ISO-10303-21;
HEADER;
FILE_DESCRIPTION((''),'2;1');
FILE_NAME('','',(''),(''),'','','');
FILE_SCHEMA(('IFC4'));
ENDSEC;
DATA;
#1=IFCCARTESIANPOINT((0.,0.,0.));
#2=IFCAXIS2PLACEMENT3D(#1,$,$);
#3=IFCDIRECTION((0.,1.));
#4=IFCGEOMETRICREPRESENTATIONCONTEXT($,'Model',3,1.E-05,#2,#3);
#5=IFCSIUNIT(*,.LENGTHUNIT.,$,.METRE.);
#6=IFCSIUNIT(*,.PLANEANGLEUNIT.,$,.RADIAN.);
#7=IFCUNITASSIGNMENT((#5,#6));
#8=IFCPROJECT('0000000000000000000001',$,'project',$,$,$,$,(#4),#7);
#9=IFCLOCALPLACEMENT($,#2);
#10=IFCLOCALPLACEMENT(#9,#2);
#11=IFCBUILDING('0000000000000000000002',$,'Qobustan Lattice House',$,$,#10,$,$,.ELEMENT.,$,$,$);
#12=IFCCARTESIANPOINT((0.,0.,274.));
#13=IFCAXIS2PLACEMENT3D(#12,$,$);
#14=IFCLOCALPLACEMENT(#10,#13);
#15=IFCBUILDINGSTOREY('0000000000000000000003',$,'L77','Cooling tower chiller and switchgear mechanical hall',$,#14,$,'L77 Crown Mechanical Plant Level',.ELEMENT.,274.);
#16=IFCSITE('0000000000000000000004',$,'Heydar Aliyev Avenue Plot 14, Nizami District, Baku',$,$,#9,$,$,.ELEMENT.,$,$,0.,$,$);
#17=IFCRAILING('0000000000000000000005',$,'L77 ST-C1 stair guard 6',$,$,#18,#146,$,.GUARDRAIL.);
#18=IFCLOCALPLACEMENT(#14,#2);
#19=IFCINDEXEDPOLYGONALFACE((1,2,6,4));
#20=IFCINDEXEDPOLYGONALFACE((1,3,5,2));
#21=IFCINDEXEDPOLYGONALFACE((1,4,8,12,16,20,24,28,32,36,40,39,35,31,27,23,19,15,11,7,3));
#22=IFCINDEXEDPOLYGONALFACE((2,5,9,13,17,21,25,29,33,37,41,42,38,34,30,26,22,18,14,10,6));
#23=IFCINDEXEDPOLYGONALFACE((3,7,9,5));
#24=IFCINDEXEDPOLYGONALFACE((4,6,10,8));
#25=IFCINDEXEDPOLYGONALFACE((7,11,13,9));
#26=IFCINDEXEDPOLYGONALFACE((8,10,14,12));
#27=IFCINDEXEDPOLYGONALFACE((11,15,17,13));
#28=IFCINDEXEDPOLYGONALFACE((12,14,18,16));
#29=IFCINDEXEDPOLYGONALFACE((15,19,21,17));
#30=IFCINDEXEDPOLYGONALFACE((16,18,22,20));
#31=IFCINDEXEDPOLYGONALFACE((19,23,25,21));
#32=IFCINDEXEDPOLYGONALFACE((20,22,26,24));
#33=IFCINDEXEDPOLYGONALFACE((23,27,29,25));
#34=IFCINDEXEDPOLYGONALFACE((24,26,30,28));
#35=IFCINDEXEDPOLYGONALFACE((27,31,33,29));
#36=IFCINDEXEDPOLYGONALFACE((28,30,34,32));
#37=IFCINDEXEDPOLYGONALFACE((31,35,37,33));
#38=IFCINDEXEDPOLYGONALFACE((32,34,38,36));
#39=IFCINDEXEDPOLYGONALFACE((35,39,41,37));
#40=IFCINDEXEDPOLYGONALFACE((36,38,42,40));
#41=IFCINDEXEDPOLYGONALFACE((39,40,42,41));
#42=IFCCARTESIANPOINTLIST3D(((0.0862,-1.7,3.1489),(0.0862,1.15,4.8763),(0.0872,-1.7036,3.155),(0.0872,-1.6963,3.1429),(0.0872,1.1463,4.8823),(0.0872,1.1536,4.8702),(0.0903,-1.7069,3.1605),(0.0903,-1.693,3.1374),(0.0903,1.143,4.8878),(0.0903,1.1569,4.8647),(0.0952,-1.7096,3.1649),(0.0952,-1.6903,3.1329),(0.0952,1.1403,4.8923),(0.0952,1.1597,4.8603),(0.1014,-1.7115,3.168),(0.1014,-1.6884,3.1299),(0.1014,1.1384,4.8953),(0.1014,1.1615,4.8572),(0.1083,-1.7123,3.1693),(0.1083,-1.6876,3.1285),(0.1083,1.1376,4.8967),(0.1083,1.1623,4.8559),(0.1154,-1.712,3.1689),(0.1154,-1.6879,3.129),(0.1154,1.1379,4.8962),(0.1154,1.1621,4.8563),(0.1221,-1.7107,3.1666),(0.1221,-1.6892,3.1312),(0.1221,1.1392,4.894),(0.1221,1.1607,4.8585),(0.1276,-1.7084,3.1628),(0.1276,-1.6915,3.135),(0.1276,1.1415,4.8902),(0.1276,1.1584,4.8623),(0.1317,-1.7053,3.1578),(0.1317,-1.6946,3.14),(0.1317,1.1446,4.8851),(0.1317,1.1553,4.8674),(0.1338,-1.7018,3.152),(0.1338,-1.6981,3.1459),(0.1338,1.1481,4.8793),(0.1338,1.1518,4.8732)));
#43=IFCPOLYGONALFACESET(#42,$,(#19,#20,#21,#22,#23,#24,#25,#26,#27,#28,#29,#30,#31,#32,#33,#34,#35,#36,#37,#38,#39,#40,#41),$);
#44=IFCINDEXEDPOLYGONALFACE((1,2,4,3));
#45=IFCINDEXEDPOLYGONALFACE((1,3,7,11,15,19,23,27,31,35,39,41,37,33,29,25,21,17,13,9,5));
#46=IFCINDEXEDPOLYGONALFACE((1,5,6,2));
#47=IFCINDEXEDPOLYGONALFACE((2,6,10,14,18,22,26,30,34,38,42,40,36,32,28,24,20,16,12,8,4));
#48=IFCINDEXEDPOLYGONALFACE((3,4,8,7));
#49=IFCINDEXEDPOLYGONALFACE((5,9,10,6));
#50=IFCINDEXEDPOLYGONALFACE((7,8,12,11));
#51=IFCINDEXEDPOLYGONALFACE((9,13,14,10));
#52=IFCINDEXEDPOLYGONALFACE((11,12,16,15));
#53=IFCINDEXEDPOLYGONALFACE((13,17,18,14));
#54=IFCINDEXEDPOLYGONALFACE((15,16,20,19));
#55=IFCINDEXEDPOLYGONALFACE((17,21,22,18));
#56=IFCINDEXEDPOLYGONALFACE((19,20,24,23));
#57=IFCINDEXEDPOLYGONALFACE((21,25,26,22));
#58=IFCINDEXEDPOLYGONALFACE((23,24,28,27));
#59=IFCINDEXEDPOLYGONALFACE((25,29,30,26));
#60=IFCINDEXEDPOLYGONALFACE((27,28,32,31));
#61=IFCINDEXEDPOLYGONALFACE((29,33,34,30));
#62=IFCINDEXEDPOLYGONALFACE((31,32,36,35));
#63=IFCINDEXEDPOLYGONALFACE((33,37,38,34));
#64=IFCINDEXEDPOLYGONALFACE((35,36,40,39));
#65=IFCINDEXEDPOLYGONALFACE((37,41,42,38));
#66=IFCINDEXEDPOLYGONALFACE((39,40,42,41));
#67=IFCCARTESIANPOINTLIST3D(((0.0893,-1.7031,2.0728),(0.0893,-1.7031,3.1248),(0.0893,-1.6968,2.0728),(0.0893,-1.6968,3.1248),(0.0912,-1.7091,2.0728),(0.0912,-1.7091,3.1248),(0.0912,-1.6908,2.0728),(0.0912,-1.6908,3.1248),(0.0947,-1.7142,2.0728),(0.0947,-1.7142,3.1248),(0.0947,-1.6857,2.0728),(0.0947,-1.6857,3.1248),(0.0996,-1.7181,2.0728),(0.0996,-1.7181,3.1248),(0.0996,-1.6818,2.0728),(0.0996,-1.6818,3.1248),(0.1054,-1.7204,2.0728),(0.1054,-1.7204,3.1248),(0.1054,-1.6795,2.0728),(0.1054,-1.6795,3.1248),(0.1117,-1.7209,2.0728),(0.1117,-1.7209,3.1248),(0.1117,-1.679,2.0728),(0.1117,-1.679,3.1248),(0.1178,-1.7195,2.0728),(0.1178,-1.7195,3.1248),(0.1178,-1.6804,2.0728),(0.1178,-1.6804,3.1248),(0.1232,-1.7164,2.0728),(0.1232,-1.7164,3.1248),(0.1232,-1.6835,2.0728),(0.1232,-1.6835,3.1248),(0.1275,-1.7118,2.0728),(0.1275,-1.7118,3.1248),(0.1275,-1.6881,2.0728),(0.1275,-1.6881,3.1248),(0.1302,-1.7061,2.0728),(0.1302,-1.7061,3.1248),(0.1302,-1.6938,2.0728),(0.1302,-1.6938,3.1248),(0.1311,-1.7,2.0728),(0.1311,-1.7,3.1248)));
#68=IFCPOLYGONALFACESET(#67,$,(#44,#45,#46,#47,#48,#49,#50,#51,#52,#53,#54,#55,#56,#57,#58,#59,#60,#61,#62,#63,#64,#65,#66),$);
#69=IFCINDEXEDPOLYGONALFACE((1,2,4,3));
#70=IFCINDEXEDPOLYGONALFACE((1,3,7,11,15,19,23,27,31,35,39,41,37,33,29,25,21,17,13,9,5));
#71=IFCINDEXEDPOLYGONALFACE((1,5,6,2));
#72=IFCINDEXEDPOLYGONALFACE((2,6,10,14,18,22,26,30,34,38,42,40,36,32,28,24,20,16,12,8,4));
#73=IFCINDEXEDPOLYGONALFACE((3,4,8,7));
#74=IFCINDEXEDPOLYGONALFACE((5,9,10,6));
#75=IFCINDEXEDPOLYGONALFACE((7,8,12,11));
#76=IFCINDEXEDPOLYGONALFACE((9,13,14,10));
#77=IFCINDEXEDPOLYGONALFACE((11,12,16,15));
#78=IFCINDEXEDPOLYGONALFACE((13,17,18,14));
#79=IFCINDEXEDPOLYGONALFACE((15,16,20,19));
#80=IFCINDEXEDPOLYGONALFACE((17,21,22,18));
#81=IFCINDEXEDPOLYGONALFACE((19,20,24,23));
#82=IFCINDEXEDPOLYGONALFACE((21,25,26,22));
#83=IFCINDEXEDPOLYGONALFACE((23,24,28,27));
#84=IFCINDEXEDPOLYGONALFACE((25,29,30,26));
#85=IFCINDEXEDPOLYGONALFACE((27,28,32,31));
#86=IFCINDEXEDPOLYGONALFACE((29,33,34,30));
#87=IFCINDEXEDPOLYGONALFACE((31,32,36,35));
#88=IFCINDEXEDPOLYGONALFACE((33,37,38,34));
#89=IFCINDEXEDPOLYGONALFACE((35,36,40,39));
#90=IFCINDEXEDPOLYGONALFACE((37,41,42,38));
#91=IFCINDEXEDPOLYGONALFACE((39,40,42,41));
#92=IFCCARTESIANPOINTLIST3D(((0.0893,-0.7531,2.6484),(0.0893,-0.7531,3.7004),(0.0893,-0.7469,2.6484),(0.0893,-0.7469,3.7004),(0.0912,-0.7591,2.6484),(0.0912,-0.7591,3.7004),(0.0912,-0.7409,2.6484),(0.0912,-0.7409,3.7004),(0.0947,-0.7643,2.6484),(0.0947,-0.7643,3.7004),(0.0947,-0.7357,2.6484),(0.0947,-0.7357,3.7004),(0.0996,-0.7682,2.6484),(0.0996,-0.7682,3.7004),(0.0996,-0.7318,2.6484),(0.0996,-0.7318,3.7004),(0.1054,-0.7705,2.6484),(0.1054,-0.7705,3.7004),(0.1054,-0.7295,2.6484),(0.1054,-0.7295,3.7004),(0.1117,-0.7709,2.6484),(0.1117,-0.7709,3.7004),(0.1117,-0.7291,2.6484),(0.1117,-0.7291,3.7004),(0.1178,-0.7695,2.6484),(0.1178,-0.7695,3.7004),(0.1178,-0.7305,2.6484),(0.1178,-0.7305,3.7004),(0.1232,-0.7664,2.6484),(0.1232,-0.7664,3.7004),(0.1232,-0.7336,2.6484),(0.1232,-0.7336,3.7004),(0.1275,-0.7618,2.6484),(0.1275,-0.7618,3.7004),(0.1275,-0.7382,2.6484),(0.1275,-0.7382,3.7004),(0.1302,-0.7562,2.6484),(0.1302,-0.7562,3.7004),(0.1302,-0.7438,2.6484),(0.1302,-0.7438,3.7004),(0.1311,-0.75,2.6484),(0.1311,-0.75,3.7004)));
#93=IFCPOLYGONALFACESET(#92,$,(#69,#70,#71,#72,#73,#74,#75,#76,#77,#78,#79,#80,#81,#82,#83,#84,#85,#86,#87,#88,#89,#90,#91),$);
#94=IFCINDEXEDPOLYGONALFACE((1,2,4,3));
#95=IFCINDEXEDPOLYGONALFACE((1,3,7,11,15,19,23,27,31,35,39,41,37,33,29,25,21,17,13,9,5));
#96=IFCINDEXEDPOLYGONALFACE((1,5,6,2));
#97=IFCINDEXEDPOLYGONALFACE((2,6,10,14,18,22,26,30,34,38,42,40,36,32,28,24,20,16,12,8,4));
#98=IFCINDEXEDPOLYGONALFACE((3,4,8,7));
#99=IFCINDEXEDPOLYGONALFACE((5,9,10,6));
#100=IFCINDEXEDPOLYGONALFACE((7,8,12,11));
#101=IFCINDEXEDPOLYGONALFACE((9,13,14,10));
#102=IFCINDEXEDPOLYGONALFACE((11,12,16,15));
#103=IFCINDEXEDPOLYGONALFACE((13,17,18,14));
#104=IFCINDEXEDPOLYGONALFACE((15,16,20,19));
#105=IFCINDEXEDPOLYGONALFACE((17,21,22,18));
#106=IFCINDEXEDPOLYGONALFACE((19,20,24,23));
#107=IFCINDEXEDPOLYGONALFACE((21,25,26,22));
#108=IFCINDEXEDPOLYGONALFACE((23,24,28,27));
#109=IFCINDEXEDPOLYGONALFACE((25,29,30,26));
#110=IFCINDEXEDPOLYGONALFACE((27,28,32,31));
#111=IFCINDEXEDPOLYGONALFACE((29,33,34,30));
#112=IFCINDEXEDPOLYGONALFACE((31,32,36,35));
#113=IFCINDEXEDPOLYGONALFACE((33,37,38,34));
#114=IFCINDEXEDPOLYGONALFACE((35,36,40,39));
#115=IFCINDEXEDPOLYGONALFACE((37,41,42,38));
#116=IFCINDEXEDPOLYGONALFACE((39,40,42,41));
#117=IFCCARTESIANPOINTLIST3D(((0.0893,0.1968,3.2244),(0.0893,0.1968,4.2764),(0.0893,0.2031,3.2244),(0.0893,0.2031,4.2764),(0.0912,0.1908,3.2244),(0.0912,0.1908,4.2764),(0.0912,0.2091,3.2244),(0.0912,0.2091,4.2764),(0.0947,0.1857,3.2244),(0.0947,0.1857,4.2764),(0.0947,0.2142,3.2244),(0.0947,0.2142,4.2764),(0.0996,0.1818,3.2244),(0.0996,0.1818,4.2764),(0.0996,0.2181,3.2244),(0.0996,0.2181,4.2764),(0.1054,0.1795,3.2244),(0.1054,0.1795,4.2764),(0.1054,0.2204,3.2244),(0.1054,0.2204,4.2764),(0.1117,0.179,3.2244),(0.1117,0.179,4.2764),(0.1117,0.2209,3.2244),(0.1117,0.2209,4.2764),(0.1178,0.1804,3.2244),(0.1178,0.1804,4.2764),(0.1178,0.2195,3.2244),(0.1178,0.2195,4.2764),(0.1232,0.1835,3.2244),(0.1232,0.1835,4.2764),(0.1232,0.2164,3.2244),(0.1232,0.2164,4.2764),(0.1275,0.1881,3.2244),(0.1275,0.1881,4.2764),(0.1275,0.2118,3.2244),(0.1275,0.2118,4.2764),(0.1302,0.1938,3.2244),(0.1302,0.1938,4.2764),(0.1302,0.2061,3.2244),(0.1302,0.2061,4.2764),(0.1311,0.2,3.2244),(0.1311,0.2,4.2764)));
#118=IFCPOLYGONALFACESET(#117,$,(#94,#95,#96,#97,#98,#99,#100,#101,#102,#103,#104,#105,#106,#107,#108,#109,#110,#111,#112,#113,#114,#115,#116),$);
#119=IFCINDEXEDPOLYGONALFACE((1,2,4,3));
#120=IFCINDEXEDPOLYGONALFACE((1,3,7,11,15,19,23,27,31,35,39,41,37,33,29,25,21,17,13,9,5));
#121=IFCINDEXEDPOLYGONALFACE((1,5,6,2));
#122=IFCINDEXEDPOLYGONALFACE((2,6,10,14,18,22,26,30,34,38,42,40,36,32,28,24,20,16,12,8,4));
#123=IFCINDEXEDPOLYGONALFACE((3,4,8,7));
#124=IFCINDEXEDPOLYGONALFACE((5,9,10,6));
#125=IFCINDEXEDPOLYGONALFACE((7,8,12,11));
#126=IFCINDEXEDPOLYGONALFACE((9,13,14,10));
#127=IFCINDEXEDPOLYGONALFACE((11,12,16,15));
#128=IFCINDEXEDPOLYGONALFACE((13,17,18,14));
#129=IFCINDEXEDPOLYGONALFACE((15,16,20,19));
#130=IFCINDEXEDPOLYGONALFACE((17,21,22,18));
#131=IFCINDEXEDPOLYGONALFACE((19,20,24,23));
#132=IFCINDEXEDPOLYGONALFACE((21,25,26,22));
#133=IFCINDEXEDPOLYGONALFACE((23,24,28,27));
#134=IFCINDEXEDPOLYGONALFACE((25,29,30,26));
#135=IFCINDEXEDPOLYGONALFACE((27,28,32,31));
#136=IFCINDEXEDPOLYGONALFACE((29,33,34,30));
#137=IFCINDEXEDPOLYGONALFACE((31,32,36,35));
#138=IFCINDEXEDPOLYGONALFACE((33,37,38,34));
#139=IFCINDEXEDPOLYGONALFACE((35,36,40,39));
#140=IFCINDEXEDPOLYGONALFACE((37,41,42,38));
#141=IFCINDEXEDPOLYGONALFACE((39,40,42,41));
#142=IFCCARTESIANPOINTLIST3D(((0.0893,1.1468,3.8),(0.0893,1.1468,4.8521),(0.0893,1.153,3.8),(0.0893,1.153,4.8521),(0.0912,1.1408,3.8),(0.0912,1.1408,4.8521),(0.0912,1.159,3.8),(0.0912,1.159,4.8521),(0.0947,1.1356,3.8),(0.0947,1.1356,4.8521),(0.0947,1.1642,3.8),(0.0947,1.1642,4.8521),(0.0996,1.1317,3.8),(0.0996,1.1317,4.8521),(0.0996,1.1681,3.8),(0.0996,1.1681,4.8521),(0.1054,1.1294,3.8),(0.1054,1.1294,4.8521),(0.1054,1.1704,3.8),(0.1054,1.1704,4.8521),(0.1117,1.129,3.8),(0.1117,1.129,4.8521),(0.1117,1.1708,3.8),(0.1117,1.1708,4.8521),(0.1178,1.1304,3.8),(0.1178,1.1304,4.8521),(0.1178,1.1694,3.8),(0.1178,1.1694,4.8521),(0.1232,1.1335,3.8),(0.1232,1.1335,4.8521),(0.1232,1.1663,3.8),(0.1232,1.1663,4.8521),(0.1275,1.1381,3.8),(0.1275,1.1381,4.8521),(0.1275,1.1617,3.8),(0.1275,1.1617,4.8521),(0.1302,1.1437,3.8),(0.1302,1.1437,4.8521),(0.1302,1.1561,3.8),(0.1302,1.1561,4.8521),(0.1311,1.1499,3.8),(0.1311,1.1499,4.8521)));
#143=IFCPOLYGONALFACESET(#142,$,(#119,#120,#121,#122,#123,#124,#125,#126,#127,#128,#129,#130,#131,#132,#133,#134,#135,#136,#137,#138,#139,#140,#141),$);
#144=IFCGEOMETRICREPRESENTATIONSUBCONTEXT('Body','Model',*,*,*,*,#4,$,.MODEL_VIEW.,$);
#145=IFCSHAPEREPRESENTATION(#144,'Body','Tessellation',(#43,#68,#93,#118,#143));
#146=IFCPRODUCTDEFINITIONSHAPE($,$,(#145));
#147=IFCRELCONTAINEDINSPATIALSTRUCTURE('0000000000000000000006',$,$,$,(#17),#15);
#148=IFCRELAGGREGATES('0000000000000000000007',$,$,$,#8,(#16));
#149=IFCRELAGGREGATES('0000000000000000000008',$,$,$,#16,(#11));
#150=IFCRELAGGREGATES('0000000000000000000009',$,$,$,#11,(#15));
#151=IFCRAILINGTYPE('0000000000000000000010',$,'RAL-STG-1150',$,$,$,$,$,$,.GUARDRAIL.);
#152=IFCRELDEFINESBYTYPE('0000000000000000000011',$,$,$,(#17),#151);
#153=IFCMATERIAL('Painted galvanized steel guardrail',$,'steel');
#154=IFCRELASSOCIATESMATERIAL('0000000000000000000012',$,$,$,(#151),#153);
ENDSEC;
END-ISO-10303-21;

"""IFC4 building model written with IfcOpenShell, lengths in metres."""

from ifc_helpers import new_model, si_unit, direction, frame, origin, origin_2d, place, context, subcontext, project, spatial, circle, extrude, material, type_object, element, save


model = new_model("IFC4")

# Units and contexts
model_context = context("Model", 3, precision=1e-05, world=origin(), true_north=direction((0.0, 1.0)))
body_context = subcontext(model_context, "Body", "Model", "MODEL_VIEW")
ifc_project = project(units=[si_unit("LENGTHUNIT", "METRE"), si_unit("PLANEANGLEUNIT", "RADIAN")], contexts=[model_context])

# Site, building, storey
site_placement = place(None, origin())
site = spatial("IfcSite", under=ifc_project, at=site_placement, Name="Heydar Aliyev Avenue Plot 14, Nizami District, Baku", CompositionType="ELEMENT", RefElevation=0.0)
building_placement = place(site_placement, origin())
building = spatial("IfcBuilding", under=site, at=building_placement, Name="Qobustan Lattice House", CompositionType="ELEMENT")
storey_placement = place(building_placement, frame((0.0, 0.0, 274.0)))
storey = spatial("IfcBuildingStorey", under=building, at=storey_placement, Name="L77", Description="Cooling tower chiller and switchgear mechanical hall", LongName="L77 Crown Mechanical Plant Level", CompositionType="ELEMENT", Elevation=274.0)

# Railing
ifc_material_1 = material(Name="Painted galvanized steel guardrail", Category="steel")
railing_type_1 = type_object("IfcRailingType", Name="RAL-STG-1150", PredefinedType="GUARDRAIL", material=ifc_material_1)
railing_1_placement = place(storey_placement, frame((0.1101, -1.7, 2.0728)))
element("IfcRailing", 1, at=railing_1_placement, inside=storey, type_object=railing_type_1, Name="L77 ST-C1 stair guard 6", PredefinedType="GUARDRAIL", context=body_context, shape_type="SweptSolid", body=[
    extrude(circle(Radius=0.0239, at=origin_2d()), frame((0.0, 0.0, 1.0762), z_axis=(0.0, 0.855183, 0.518326), x_axis=(-1.0, 0.0, 0.0)), (0.0, 0.0, 1.0), 3.3325),
    extrude(circle(Radius=0.021, at=origin_2d()), origin(), (0.0, 0.0, 1.0), 1.052),
    extrude(circle(Radius=0.021, at=origin_2d()), frame((0.0, 0.95, 0.5757)), (0.0, 0.0, 1.0), 1.052),
    extrude(circle(Radius=0.021, at=origin_2d()), frame((0.0, 1.8999, 1.1516)), (0.0, 0.0, 1.0), 1.052),
    extrude(circle(Radius=0.021, at=origin_2d()), frame((0.0, 2.8499, 1.7273)), (0.0, 0.0, 1.0), 1.052),
])

save(model, "model.ifc")
